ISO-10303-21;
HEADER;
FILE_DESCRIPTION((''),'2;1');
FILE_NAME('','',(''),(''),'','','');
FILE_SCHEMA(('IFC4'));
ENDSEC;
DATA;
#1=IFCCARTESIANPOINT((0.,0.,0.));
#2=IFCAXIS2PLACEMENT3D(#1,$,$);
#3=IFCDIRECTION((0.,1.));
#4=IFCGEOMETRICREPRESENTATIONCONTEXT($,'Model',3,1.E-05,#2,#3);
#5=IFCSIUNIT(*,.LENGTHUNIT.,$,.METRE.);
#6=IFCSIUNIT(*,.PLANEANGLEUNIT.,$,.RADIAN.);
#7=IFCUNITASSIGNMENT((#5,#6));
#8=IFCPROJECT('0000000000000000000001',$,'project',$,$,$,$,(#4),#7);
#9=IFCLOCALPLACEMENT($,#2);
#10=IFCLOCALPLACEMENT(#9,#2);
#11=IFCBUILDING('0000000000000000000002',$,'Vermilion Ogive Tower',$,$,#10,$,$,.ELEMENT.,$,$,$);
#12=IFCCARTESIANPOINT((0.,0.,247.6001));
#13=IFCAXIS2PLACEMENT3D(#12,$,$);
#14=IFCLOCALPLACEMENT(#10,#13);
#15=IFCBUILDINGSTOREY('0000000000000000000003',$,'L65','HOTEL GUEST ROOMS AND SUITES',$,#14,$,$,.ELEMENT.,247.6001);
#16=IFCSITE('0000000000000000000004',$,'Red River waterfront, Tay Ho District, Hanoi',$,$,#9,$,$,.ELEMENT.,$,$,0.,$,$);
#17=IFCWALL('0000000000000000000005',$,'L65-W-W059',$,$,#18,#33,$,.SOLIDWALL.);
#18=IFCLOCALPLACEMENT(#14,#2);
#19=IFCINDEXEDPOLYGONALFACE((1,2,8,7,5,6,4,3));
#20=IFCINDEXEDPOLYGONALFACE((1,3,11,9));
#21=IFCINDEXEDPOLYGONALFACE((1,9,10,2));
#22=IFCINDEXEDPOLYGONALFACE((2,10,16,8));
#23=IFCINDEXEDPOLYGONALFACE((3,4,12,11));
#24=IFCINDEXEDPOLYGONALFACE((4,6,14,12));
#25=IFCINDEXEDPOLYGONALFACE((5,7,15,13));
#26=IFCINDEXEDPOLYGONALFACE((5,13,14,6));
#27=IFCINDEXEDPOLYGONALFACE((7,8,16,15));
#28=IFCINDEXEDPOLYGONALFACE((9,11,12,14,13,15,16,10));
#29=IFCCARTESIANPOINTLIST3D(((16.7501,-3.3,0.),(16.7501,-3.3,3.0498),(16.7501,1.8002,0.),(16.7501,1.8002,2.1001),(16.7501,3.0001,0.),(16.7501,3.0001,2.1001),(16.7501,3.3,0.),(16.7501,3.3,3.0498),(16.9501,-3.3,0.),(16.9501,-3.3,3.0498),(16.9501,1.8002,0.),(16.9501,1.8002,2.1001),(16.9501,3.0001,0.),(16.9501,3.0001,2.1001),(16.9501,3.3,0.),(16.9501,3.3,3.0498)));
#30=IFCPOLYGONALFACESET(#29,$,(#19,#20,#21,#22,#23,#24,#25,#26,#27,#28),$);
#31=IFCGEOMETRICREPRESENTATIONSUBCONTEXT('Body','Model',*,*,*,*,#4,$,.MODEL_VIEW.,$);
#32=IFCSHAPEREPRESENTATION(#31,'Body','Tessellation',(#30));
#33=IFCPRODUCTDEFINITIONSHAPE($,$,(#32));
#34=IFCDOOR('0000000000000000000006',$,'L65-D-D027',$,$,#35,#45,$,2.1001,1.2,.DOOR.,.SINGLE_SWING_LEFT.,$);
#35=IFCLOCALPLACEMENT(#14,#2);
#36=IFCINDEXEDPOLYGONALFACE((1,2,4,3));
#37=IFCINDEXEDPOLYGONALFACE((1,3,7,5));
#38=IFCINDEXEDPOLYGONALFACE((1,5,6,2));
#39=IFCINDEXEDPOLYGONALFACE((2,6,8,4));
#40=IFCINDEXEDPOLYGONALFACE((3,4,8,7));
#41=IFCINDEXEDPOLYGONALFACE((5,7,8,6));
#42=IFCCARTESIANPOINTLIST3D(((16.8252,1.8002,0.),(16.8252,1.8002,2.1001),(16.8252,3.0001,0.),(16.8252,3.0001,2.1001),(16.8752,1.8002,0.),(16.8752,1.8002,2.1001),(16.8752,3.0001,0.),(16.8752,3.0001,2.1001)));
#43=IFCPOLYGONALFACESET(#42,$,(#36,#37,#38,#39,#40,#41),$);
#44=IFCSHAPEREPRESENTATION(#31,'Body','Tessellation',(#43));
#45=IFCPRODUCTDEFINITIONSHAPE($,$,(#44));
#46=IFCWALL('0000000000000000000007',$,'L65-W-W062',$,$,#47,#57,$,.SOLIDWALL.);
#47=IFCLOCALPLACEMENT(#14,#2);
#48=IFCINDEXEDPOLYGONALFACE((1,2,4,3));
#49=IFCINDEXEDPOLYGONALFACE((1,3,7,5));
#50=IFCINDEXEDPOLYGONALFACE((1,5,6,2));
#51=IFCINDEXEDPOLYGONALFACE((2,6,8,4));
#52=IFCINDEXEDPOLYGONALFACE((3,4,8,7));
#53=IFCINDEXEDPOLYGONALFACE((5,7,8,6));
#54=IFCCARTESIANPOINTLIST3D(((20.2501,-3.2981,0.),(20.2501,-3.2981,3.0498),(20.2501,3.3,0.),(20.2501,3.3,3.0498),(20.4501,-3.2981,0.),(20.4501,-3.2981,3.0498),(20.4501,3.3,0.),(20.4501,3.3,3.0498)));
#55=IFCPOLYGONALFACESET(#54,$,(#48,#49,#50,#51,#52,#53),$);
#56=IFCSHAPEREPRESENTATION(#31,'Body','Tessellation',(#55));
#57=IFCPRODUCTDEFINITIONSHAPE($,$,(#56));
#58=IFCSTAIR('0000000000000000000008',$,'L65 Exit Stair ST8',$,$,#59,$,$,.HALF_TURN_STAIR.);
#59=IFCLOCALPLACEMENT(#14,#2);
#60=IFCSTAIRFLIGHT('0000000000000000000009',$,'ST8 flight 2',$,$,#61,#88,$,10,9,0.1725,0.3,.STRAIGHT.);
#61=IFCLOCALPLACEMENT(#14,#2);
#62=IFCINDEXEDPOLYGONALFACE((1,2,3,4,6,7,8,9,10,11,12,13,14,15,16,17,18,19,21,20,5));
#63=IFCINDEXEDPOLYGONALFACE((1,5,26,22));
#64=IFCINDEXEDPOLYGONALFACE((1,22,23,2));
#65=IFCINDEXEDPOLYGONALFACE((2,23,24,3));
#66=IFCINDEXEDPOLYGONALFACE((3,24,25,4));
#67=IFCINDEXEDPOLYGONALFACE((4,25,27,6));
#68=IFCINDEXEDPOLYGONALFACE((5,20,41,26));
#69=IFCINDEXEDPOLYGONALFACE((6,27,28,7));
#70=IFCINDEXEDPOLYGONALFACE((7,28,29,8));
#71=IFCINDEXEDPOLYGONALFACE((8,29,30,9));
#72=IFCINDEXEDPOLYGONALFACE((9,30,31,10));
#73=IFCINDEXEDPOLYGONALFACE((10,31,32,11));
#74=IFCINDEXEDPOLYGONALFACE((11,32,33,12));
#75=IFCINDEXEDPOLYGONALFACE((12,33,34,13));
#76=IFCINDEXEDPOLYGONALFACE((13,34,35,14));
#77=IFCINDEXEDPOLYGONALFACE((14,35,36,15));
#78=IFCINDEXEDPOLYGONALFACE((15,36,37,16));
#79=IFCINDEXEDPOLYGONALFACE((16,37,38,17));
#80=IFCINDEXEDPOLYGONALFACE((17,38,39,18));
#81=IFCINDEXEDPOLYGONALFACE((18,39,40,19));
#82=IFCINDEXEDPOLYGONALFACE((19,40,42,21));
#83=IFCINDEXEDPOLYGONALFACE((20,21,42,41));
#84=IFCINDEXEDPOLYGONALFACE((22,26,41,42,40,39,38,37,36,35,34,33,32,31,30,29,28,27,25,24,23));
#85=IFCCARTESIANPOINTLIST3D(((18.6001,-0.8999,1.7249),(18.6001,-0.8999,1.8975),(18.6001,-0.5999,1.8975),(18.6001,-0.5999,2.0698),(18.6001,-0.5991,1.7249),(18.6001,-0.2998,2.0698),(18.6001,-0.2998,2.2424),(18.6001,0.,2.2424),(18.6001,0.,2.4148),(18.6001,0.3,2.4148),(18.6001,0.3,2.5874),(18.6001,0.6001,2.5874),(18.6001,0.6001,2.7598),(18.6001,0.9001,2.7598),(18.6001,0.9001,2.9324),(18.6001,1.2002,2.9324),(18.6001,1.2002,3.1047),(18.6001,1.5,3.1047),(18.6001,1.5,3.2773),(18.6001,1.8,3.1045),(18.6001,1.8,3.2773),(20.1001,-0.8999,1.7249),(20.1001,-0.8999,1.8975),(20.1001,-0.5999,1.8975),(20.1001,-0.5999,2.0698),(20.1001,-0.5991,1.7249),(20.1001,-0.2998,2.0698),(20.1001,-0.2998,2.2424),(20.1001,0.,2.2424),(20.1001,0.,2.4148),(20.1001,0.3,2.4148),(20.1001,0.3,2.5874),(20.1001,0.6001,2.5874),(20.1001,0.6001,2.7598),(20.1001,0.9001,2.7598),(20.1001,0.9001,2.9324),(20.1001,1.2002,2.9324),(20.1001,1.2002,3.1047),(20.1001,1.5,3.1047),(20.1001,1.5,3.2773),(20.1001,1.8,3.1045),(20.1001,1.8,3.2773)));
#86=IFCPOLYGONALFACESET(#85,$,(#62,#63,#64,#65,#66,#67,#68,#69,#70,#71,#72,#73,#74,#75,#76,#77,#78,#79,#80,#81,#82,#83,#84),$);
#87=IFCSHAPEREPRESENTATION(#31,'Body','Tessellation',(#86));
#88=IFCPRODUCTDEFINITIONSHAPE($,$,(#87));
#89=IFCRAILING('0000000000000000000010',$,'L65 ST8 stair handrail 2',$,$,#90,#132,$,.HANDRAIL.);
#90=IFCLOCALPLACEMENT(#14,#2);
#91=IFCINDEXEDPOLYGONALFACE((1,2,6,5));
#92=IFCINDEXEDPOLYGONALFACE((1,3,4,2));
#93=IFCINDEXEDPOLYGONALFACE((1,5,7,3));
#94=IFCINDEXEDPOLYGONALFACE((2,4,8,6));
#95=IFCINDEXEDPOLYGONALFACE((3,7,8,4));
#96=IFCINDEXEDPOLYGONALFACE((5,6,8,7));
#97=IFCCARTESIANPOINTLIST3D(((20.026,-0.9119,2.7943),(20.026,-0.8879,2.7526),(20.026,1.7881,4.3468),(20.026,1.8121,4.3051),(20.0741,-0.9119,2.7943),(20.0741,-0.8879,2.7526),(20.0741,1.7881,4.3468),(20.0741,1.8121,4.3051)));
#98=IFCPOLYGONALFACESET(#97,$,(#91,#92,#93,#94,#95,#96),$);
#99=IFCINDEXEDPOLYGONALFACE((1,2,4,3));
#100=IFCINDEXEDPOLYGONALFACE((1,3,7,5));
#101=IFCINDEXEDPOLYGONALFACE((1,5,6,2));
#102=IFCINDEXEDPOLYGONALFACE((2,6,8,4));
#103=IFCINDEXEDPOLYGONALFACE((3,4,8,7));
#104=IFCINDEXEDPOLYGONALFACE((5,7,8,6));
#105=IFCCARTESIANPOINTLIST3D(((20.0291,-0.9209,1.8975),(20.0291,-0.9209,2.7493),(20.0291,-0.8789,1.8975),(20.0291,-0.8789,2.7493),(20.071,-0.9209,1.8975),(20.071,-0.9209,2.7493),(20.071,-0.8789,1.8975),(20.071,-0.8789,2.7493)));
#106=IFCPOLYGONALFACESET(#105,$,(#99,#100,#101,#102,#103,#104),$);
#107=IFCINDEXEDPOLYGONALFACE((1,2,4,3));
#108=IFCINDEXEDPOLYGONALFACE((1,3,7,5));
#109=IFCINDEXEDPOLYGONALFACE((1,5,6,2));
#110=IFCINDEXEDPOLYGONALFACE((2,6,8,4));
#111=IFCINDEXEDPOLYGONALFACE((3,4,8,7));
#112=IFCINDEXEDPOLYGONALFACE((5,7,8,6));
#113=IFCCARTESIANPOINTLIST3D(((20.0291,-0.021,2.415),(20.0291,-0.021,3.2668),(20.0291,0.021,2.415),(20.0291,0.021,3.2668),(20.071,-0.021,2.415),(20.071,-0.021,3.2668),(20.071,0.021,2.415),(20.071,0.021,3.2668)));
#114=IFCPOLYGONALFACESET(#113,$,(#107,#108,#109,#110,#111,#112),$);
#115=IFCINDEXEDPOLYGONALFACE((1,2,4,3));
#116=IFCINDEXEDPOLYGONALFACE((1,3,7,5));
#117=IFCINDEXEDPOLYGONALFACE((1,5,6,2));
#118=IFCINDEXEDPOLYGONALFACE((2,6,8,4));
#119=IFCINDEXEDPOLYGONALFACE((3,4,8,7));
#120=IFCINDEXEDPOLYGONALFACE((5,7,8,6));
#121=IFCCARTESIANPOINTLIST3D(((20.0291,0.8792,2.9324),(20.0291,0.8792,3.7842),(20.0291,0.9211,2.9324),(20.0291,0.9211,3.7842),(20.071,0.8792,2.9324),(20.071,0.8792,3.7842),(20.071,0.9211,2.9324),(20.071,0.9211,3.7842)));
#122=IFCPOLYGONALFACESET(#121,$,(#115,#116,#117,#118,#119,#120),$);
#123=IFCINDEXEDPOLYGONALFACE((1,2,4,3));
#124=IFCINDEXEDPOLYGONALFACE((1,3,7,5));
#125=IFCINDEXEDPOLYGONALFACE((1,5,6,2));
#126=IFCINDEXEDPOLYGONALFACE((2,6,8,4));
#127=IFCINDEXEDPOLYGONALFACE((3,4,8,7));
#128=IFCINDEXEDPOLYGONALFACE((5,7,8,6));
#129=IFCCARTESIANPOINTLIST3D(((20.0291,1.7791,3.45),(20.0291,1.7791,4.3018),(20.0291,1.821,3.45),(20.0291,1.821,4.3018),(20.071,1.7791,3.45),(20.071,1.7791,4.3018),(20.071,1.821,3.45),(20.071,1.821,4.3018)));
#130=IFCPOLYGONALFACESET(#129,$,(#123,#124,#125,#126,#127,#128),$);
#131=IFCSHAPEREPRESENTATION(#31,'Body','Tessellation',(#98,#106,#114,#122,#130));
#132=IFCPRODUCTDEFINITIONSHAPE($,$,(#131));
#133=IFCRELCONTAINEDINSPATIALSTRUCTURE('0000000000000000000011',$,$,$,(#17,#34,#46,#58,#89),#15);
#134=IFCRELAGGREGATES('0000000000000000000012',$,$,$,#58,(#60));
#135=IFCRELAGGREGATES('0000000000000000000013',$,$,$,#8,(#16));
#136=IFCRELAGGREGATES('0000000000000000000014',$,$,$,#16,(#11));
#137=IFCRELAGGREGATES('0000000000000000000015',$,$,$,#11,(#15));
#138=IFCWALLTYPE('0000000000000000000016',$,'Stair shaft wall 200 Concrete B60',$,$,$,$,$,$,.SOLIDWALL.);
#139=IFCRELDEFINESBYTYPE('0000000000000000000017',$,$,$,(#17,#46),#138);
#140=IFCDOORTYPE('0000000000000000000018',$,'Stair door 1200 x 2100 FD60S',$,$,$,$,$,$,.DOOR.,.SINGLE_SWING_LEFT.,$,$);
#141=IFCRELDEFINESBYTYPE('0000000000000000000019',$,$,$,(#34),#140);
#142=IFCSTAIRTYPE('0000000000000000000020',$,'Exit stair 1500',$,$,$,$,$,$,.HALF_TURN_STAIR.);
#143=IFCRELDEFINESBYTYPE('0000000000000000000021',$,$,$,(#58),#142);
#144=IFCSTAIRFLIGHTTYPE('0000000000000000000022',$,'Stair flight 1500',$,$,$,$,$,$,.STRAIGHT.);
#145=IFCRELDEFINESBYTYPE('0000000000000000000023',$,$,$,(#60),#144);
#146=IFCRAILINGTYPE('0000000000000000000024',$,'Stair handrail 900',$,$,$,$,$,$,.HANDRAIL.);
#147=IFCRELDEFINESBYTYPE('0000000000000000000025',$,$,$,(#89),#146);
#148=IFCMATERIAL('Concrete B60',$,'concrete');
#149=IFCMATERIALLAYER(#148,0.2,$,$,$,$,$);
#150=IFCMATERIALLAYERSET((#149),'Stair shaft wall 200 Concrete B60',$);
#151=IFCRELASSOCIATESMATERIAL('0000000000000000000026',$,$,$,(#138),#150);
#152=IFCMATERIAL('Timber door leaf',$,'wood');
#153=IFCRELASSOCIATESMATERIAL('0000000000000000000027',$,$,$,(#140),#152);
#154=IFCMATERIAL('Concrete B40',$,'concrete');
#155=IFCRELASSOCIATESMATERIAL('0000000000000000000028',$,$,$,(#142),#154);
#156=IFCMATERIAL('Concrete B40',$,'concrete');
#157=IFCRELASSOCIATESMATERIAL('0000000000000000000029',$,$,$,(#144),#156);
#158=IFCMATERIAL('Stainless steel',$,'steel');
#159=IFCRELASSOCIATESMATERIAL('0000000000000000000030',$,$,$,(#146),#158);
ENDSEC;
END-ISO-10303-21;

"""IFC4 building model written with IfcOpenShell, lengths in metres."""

from ifc_helpers import new_model, si_unit, direction, frame, frame_2d, origin, origin_2d, place, context, subcontext, project, spatial, polyline, rectangle, outline, extrude, material, layer, layer_set, type_object, element, fill, aggregate, save


model = new_model("IFC4")

# Units and contexts
model_context = context("Model", 3, precision=1e-05, world=origin(), true_north=direction((0.0, 1.0)))
body_context = subcontext(model_context, "Body", "Model", "MODEL_VIEW")
ifc_project = project(units=[si_unit("LENGTHUNIT", "METRE"), si_unit("PLANEANGLEUNIT", "RADIAN")], contexts=[model_context])

# Site, building, storey
site_placement = place(None, origin())
site = spatial("IfcSite", under=ifc_project, at=site_placement, Name="Red River waterfront, Tay Ho District, Hanoi", CompositionType="ELEMENT", RefElevation=0.0)
building_placement = place(site_placement, origin())
building = spatial("IfcBuilding", under=site, at=building_placement, Name="Vermilion Ogive Tower", CompositionType="ELEMENT")
storey_placement = place(building_placement, frame((0.0, 0.0, 247.6001)))
storey = spatial("IfcBuildingStorey", under=building, at=storey_placement, Name="L65", Description="HOTEL GUEST ROOMS AND SUITES", CompositionType="ELEMENT", Elevation=247.6001)

# Shared definitions
ifc_material_1 = material(Name="Concrete B60", Category="concrete")
ifc_layer_1 = layer(ifc_material_1, 0.2)
ifc_layer_set_1 = layer_set([ifc_layer_1], Name="Stair shaft wall 200 Concrete B60")
wall_type_1 = type_object("IfcWallType", Name="Stair shaft wall 200 Concrete B60", PredefinedType="SOLIDWALL", material=ifc_layer_set_1)

# Wall, opening, door
wall_1_placement = place(storey_placement, frame((16.8501, -3.3, 0.0), z_axis=(0.0, 0.0, 1.0), x_axis=(0.0, 1.0, 0.0)))
wall_1 = element("IfcWall", 1, at=wall_1_placement, inside=storey, type_object=wall_type_1, Name="L65-W-W059", PredefinedType="SOLIDWALL", context=body_context, shape_type="SweptSolid", body=[
    extrude(rectangle(XDim=6.6001, YDim=0.2, at=frame_2d((3.3, 0.0))), origin(), (0.0, 0.0, 1.0), 3.0498),
])
opening_1_placement = place(wall_1_placement, frame((5.1001, 0.0, 0.0)))
opening_1 = element("IfcOpeningElement", 2, at=opening_1_placement, cuts=wall_1, PredefinedType="OPENING", context=body_context, shape_type="SweptSolid", body=[
    extrude(rectangle(XDim=1.2, YDim=2.1001, at=frame_2d((0.6001, 1.05))), frame((0.0, 0.1099, 0.0), z_axis=(0.0, -1.0, 0.0), x_axis=(1.0, 0.0, 0.0)), (0.0, 0.0, 1.0), 0.22),
])
ifc_material_2 = material(Name="Timber door leaf", Category="wood")
door_type_1 = type_object("IfcDoorType", Name="Stair door 1200 x 2100 FD60S", OperationType="SINGLE_SWING_LEFT", PredefinedType="DOOR", material=ifc_material_2)
door_1_placement = place(opening_1_placement, origin())
door_1 = element("IfcDoor", 3, at=door_1_placement, inside=storey, type_object=door_type_1, Name="L65-D-D027", OperationType="SINGLE_SWING_LEFT", OverallHeight=2.1001, OverallWidth=1.2, PredefinedType="DOOR", context=body_context, shape_type="SweptSolid", body=[
    extrude(rectangle(XDim=1.2, YDim=2.1001, at=frame_2d((0.6001, 1.05))), frame((0.0, 0.0249, 0.0), z_axis=(0.0, -1.0, 0.0), x_axis=(1.0, 0.0, 0.0)), (0.0, 0.0, 1.0), 0.05),
])
fill(opening_1, door_1)

# Wall
wall_2_placement = place(storey_placement, frame((20.3501, -3.2981, 0.0), z_axis=(0.0, 0.0, 1.0), x_axis=(0.0, 1.0, 0.0)))
element("IfcWall", 4, at=wall_2_placement, inside=storey, type_object=wall_type_1, Name="L65-W-W062", PredefinedType="SOLIDWALL", context=body_context, shape_type="SweptSolid", body=[
    extrude(rectangle(XDim=6.5981, YDim=0.2, at=frame_2d((3.2991, 0.0))), origin(), (0.0, 0.0, 1.0), 3.0498),
])

# Stair, stair flight
ifc_material_3 = material(Name="Concrete B40", Category="concrete")
stair_type = type_object("IfcStairType", Name="Exit stair 1500", PredefinedType="HALF_TURN_STAIR", material=ifc_material_3)
stair_placement = place(storey_placement, origin())
stair = element("IfcStair", 5, at=stair_placement, inside=storey, type_object=stair_type, Name="L65 Exit Stair ST8", PredefinedType="HALF_TURN_STAIR")
ifc_material_4 = material(Name="Concrete B40", Category="concrete")
stair_flight_type = type_object("IfcStairFlightType", Name="Stair flight 1500", PredefinedType="STRAIGHT", material=ifc_material_4)
stair_flight_placement = place(storey_placement, frame((19.3501, -0.8999, 1.7249), z_axis=(0.0, 0.0, 1.0), x_axis=(0.0, 1.0, 0.0)))
stair_flight = element("IfcStairFlight", 6, at=stair_flight_placement, type_object=stair_flight_type, Name="ST8 flight 2", NumberOfRisers=10, NumberOfTreads=9, PredefinedType="STRAIGHT", RiserHeight=0.1725, TreadLength=0.3, context=body_context, shape_type="SweptSolid", body=[
    extrude(outline(polyline([(0.0, 0.0), (0.0, 0.1726), (0.3, 0.1726), (0.3, 0.345), (0.6001, 0.345), (0.6001, 0.5176), (0.8999, 0.5176), (0.8999, 0.6899), (1.2, 0.6899), (1.2, 0.8625), (1.5, 0.8625), (1.5, 1.0349), (1.8, 1.0349), (1.8, 1.2075), (2.1001, 1.2075), (2.1001, 1.3799), (2.3999, 1.3799), (2.3999, 1.5525), (2.7, 1.5525), (2.7, 1.7251), (2.7, 1.3796), (0.3008, 0.0), (0.0, 0.0)])), frame((0.0, 0.75, 0.0), z_axis=(0.0, -1.0, 0.0), x_axis=(1.0, 0.0, 0.0)), (0.0, 0.0, 1.0), 1.5),
])
aggregate(stair, [stair_flight])

# Railing
ifc_material_5 = material(Name="Stainless steel", Category="steel")
railing_type = type_object("IfcRailingType", Name="Stair handrail 900", PredefinedType="HANDRAIL", material=ifc_material_5)
railing_placement = place(storey_placement, frame((20.05, -0.8999, 1.8975)))
element("IfcRailing", 7, at=railing_placement, inside=storey, type_object=railing_type, Name="L65 ST8 stair handrail 2", PredefinedType="HANDRAIL", context=body_context, shape_type="SweptSolid", body=[
    extrude(rectangle(XDim=0.0481, YDim=0.0481, at=origin_2d()), frame((0.0, 0.0, 0.876), z_axis=(0.0, 0.866904, 0.498476), x_axis=(-1.0, 0.0, 0.0)), (0.0, 0.0, 1.0), 3.1145),
    extrude(rectangle(XDim=0.042, YDim=0.042, at=origin_2d()), origin(), (0.0, 0.0, 1.0), 0.8518),
    extrude(rectangle(XDim=0.042, YDim=0.042, at=origin_2d()), frame((0.0, 0.8999, 0.5176)), (0.0, 0.0, 1.0), 0.8518),
    extrude(rectangle(XDim=0.042, YDim=0.042, at=origin_2d()), frame((0.0, 1.8, 1.0349)), (0.0, 0.0, 1.0), 0.8518),
    extrude(rectangle(XDim=0.042, YDim=0.042, at=origin_2d()), frame((0.0, 2.7, 1.5525)), (0.0, 0.0, 1.0), 0.8518),
])

save(model, "model.ifc")
